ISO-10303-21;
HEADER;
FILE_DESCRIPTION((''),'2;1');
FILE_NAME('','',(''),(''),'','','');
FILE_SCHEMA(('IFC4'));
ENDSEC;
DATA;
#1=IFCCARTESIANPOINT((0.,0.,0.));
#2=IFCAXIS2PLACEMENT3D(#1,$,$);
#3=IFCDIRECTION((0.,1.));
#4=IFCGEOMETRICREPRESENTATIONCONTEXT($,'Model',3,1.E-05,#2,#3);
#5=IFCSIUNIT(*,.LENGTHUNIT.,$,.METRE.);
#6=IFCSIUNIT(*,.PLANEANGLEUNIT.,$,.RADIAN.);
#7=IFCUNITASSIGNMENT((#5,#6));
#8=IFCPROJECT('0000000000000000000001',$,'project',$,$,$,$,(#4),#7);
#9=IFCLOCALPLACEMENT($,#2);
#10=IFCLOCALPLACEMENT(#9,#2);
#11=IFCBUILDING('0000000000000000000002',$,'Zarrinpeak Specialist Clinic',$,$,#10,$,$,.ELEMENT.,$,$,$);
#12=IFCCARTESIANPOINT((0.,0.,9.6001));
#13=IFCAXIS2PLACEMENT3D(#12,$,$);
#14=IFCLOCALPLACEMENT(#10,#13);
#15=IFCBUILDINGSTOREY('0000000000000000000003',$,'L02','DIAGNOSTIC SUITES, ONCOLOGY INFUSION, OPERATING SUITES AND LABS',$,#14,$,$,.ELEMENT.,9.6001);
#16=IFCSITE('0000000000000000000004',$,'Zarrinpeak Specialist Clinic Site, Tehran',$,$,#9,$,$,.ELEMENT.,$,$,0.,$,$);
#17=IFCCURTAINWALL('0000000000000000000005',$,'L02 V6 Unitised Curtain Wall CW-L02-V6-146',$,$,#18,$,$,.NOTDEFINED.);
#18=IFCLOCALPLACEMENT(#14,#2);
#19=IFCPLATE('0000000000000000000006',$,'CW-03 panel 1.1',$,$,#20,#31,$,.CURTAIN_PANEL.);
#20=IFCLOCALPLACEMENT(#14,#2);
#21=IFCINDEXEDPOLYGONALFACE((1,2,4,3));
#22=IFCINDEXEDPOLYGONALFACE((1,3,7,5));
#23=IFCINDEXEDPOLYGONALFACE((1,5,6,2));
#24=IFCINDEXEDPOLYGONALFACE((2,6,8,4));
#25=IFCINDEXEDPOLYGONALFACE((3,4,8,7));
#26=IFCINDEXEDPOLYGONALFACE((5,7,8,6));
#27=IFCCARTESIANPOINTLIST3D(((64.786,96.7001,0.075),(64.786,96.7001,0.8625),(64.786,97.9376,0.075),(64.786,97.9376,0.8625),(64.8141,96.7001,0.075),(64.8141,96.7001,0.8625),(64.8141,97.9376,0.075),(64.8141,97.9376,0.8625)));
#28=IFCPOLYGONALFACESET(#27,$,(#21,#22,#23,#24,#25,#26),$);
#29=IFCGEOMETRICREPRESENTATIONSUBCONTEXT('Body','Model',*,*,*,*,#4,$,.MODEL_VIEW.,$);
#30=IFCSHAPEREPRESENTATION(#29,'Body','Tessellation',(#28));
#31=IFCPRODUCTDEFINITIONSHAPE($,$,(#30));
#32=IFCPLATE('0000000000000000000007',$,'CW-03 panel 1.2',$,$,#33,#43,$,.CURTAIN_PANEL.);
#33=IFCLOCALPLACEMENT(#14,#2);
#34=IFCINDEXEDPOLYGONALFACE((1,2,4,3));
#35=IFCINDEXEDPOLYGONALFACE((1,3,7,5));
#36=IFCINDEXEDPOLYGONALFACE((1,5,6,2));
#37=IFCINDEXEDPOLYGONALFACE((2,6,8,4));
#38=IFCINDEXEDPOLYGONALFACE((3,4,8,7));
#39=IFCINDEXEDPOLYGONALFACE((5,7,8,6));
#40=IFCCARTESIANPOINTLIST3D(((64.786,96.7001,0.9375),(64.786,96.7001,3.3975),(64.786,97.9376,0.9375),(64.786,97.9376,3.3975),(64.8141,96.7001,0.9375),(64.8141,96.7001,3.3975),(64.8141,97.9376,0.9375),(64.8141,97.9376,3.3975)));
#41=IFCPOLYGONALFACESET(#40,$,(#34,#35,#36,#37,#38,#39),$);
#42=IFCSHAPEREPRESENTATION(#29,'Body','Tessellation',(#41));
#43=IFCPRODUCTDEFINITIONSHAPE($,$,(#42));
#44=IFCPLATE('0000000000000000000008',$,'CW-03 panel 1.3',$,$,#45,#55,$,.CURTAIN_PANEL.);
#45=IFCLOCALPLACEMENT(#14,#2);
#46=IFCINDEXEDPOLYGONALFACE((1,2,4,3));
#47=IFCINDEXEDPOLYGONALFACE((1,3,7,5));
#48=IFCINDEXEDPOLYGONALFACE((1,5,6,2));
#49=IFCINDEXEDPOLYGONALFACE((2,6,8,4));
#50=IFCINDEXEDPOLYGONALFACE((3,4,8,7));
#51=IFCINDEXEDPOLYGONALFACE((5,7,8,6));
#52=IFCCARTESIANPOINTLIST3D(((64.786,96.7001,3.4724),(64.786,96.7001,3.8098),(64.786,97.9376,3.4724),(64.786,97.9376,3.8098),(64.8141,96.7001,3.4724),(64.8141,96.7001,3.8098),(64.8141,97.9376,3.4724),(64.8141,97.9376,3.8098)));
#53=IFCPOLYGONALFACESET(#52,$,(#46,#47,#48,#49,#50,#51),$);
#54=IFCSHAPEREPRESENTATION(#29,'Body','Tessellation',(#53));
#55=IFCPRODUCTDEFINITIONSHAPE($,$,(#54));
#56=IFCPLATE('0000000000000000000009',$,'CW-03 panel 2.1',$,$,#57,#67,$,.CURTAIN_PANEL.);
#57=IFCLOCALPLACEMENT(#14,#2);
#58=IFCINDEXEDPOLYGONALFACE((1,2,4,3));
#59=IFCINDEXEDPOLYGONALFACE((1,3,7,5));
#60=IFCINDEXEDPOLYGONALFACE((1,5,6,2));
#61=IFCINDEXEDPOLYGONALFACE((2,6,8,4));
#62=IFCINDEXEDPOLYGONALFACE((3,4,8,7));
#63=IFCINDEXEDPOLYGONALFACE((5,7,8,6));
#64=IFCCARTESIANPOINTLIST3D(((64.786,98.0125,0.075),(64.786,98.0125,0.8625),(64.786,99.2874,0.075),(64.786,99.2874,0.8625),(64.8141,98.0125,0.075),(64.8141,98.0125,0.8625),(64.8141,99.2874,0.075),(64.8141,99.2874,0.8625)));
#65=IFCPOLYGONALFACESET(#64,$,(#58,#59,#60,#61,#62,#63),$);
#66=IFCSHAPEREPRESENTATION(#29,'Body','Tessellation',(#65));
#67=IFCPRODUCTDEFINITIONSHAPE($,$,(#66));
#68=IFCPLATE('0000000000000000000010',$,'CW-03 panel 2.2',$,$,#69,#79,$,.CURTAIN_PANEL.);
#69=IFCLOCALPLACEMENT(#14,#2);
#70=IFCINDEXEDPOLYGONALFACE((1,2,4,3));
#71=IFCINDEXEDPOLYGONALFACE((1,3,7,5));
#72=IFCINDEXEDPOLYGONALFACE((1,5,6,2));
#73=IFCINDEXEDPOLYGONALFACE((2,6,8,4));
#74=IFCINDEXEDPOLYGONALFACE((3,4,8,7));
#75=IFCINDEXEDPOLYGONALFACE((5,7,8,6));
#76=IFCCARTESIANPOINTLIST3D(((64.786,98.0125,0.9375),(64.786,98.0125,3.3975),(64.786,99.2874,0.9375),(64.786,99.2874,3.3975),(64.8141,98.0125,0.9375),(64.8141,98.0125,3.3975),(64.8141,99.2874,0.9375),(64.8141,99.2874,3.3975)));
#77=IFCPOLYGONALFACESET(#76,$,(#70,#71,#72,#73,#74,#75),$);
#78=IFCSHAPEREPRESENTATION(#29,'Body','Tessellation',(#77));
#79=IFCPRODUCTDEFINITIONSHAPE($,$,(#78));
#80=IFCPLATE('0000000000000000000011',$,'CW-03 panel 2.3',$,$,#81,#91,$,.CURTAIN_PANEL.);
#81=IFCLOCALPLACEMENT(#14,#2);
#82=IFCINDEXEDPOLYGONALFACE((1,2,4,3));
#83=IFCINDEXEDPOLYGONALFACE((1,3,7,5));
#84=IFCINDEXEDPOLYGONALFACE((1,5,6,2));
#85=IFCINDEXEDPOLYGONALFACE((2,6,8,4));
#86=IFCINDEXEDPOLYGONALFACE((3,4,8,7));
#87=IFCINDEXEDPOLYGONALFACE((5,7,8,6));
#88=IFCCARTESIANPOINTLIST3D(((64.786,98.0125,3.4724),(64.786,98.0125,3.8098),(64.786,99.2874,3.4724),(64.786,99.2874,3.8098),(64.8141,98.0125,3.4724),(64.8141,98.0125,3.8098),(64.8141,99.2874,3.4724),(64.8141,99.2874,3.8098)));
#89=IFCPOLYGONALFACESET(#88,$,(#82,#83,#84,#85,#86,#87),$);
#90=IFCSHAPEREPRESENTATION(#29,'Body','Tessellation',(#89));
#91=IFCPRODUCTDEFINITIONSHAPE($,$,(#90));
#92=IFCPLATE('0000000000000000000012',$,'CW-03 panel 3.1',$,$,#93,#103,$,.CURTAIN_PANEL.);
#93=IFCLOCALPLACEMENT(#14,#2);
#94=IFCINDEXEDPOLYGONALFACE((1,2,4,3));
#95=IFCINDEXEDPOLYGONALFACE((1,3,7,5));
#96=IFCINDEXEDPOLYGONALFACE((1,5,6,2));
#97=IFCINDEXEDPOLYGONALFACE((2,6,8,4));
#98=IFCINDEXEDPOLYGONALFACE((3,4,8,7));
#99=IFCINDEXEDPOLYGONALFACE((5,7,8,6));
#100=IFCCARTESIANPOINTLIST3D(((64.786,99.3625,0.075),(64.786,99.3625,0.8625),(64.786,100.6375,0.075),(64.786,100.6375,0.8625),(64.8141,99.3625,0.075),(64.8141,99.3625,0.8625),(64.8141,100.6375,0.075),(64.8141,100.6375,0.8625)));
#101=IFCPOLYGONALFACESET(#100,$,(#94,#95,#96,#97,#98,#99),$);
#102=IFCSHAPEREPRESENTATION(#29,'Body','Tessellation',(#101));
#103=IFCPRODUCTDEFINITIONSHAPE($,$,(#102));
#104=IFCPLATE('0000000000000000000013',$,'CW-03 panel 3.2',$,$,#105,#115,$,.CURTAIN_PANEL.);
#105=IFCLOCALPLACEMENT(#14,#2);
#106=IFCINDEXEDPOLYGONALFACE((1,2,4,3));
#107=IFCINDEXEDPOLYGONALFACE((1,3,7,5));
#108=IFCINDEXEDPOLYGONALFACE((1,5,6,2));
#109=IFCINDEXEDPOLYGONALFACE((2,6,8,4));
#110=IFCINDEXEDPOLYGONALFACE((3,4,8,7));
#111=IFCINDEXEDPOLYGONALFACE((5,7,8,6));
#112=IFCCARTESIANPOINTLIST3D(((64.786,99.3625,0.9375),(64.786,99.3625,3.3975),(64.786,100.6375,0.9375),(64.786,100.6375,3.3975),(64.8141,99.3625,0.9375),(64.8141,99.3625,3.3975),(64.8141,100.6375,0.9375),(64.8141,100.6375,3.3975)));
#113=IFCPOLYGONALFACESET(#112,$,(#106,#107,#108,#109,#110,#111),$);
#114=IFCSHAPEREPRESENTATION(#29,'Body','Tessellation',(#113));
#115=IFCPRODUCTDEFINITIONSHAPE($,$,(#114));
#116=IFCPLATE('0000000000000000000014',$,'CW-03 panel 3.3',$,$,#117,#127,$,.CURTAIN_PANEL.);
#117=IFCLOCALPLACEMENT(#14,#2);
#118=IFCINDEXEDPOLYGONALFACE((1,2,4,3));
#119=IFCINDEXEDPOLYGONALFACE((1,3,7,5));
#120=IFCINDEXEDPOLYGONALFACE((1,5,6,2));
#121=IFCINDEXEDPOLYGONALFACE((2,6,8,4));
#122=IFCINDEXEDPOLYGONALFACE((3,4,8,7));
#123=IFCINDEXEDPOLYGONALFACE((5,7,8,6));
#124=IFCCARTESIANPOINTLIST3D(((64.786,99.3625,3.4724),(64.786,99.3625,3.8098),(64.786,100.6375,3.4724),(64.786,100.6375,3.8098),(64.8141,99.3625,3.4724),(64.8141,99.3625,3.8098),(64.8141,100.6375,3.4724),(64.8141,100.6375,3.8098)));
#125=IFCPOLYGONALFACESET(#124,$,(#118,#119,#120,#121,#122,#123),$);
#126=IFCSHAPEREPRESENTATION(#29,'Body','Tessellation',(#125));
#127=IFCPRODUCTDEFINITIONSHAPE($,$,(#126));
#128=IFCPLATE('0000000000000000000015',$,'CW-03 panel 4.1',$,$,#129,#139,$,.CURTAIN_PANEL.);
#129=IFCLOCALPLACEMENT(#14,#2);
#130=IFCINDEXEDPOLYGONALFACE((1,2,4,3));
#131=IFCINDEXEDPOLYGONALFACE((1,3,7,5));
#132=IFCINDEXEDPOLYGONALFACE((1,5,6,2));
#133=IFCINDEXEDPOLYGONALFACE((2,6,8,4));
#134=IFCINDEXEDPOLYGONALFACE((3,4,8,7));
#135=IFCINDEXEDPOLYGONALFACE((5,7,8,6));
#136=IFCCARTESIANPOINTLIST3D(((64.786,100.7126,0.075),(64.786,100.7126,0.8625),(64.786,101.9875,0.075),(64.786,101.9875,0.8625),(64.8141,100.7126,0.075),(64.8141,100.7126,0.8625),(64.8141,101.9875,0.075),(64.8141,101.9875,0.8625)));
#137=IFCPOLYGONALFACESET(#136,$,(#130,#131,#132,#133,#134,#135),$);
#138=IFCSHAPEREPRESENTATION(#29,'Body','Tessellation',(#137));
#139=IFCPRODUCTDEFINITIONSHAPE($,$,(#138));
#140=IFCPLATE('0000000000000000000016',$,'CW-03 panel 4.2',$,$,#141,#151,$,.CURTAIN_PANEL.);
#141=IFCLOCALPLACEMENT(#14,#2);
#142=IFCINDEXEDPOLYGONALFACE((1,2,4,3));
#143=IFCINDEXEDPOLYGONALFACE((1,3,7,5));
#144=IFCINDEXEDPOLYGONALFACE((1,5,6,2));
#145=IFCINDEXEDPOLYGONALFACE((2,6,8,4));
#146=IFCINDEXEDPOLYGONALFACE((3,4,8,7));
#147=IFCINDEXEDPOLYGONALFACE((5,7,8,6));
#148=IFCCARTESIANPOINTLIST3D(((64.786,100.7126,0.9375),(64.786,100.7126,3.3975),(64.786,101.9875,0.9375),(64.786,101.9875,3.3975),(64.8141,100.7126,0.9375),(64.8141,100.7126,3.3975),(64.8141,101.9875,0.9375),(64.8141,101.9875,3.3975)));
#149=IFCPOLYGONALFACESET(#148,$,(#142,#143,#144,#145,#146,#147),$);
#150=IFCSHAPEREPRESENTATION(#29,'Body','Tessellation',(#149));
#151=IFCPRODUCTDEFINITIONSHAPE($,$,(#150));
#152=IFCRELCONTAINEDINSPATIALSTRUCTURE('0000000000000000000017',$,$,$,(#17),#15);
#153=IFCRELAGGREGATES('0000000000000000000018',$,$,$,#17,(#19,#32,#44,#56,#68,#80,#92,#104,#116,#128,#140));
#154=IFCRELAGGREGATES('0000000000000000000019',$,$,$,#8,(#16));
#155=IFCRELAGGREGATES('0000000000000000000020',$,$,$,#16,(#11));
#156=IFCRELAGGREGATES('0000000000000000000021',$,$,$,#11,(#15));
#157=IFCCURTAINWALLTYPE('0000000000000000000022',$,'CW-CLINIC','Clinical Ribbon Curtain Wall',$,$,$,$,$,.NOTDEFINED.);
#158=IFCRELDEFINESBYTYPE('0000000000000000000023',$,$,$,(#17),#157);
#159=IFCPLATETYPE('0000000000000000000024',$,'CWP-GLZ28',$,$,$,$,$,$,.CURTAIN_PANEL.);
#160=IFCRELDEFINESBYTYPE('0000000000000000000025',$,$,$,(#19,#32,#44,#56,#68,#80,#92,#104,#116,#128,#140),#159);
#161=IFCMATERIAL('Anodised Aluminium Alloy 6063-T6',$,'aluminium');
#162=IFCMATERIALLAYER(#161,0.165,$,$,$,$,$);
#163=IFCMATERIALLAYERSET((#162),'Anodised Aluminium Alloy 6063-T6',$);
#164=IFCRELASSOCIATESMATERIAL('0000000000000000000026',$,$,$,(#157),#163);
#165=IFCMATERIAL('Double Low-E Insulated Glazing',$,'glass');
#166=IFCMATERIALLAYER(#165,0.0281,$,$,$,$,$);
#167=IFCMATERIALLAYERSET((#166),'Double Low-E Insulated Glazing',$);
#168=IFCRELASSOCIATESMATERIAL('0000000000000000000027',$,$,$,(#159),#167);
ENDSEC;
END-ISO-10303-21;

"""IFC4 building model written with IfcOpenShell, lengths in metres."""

from ifc_helpers import new_model, si_unit, direction, frame, origin, origin_2d, place, context, subcontext, project, spatial, rectangle, extrude, material, layer, layer_set, type_object, element, aggregate, save


model = new_model("IFC4")

# Units and contexts
model_context = context("Model", 3, precision=1e-05, world=origin(), true_north=direction((0.0, 1.0)))
body_context = subcontext(model_context, "Body", "Model", "MODEL_VIEW")
ifc_project = project(units=[si_unit("LENGTHUNIT", "METRE"), si_unit("PLANEANGLEUNIT", "RADIAN")], contexts=[model_context])

# Site, building, storey
site_placement = place(None, origin())
site = spatial("IfcSite", under=ifc_project, at=site_placement, Name="Zarrinpeak Specialist Clinic Site, Tehran", CompositionType="ELEMENT", RefElevation=0.0)
building_placement = place(site_placement, origin())
building = spatial("IfcBuilding", under=site, at=building_placement, Name="Zarrinpeak Specialist Clinic", CompositionType="ELEMENT")
storey_placement = place(building_placement, frame((0.0, 0.0, 9.6001)))
storey = spatial("IfcBuildingStorey", under=building, at=storey_placement, Name="L02", Description="DIAGNOSTIC SUITES, ONCOLOGY INFUSION, OPERATING SUITES AND LABS", CompositionType="ELEMENT", Elevation=9.6001)

# Shared definitions
ifc_material_1 = material(Name="Anodised Aluminium Alloy 6063-T6", Category="aluminium")
ifc_layer_1 = layer(ifc_material_1, 0.165)
ifc_layer_set_1 = layer_set([ifc_layer_1], Name="Anodised Aluminium Alloy 6063-T6")
curtain_wall_type = type_object("IfcCurtainWallType", Name="CW-CLINIC", Description="Clinical Ribbon Curtain Wall", PredefinedType="NOTDEFINED", material=ifc_layer_set_1)

# Curtain wall
curtain_wall_1_placement = place(storey_placement, origin())
curtain_wall_1 = element("IfcCurtainWall", 1, at=curtain_wall_1_placement, inside=storey, type_object=curtain_wall_type, Name="L02 V6 Unitised Curtain Wall CW-L02-V6-146", PredefinedType="NOTDEFINED")

# Plates
ifc_material_2 = material(Name="Double Low-E Insulated Glazing", Category="glass")
ifc_layer_2 = layer(ifc_material_2, 0.0281)
ifc_layer_set_2 = layer_set([ifc_layer_2], Name="Double Low-E Insulated Glazing")
plate_type = type_object("IfcPlateType", Name="CWP-GLZ28", PredefinedType="CURTAIN_PANEL", material=ifc_layer_set_2)
plate_1_placement = place(storey_placement, frame((64.8, 97.3188, 0.075), z_axis=(0.0, 0.0, 1.0), x_axis=(0.0, 1.0, 0.0)))
plate_1 = element("IfcPlate", 2, at=plate_1_placement, type_object=plate_type, Name="CW-03 panel 1.1", PredefinedType="CURTAIN_PANEL", context=body_context, shape_type="SweptSolid", body=[
    extrude(rectangle(XDim=1.2375, YDim=0.0281, at=origin_2d()), origin(), (0.0, 0.0, 1.0), 0.7876),
])
plate_2_placement = place(storey_placement, frame((64.8, 97.3188, 0.9375), z_axis=(0.0, 0.0, 1.0), x_axis=(0.0, 1.0, 0.0)))
plate_2 = element("IfcPlate", 3, at=plate_2_placement, type_object=plate_type, Name="CW-03 panel 1.2", PredefinedType="CURTAIN_PANEL", context=body_context, shape_type="SweptSolid", body=[
    extrude(rectangle(XDim=1.2375, YDim=0.0281, at=origin_2d()), origin(), (0.0, 0.0, 1.0), 2.46),
])
plate_3_placement = place(storey_placement, frame((64.8, 97.3188, 3.4724), z_axis=(0.0, 0.0, 1.0), x_axis=(0.0, 1.0, 0.0)))
plate_3 = element("IfcPlate", 4, at=plate_3_placement, type_object=plate_type, Name="CW-03 panel 1.3", PredefinedType="CURTAIN_PANEL", context=body_context, shape_type="SweptSolid", body=[
    extrude(rectangle(XDim=1.2375, YDim=0.0281, at=origin_2d()), origin(), (0.0, 0.0, 1.0), 0.3374),
])
plate_4_placement = place(storey_placement, frame((64.8, 98.6499, 0.075), z_axis=(0.0, 0.0, 1.0), x_axis=(0.0, 1.0, 0.0)))
plate_4 = element("IfcPlate", 5, at=plate_4_placement, type_object=plate_type, Name="CW-03 panel 2.1", PredefinedType="CURTAIN_PANEL", context=body_context, shape_type="SweptSolid", body=[
    extrude(rectangle(XDim=1.2749, YDim=0.0281, at=origin_2d()), origin(), (0.0, 0.0, 1.0), 0.7876),
])
plate_5_placement = place(storey_placement, frame((64.8, 98.6499, 0.9375), z_axis=(0.0, 0.0, 1.0), x_axis=(0.0, 1.0, 0.0)))
plate_5 = element("IfcPlate", 6, at=plate_5_placement, type_object=plate_type, Name="CW-03 panel 2.2", PredefinedType="CURTAIN_PANEL", context=body_context, shape_type="SweptSolid", body=[
    extrude(rectangle(XDim=1.2749, YDim=0.0281, at=origin_2d()), origin(), (0.0, 0.0, 1.0), 2.46),
])
plate_6_placement = place(storey_placement, frame((64.8, 98.6499, 3.4724), z_axis=(0.0, 0.0, 1.0), x_axis=(0.0, 1.0, 0.0)))
plate_6 = element("IfcPlate", 7, at=plate_6_placement, type_object=plate_type, Name="CW-03 panel 2.3", PredefinedType="CURTAIN_PANEL", context=body_context, shape_type="SweptSolid", body=[
    extrude(rectangle(XDim=1.2749, YDim=0.0281, at=origin_2d()), origin(), (0.0, 0.0, 1.0), 0.3374),
])
plate_7_placement = place(storey_placement, frame((64.8, 100.0, 0.075), z_axis=(0.0, 0.0, 1.0), x_axis=(0.0, 1.0, 0.0)))
plate_7 = element("IfcPlate", 8, at=plate_7_placement, type_object=plate_type, Name="CW-03 panel 3.1", PredefinedType="CURTAIN_PANEL", context=body_context, shape_type="SweptSolid", body=[
    extrude(rectangle(XDim=1.2749, YDim=0.0281, at=origin_2d()), origin(), (0.0, 0.0, 1.0), 0.7876),
])
plate_8_placement = place(storey_placement, frame((64.8, 100.0, 0.9375), z_axis=(0.0, 0.0, 1.0), x_axis=(0.0, 1.0, 0.0)))
plate_8 = element("IfcPlate", 9, at=plate_8_placement, type_object=plate_type, Name="CW-03 panel 3.2", PredefinedType="CURTAIN_PANEL", context=body_context, shape_type="SweptSolid", body=[
    extrude(rectangle(XDim=1.2749, YDim=0.0281, at=origin_2d()), origin(), (0.0, 0.0, 1.0), 2.46),
])
plate_9_placement = place(storey_placement, frame((64.8, 100.0, 3.4724), z_axis=(0.0, 0.0, 1.0), x_axis=(0.0, 1.0, 0.0)))
plate_9 = element("IfcPlate", 10, at=plate_9_placement, type_object=plate_type, Name="CW-03 panel 3.3", PredefinedType="CURTAIN_PANEL", context=body_context, shape_type="SweptSolid", body=[
    extrude(rectangle(XDim=1.2749, YDim=0.0281, at=origin_2d()), origin(), (0.0, 0.0, 1.0), 0.3374),
])
plate_10_placement = place(storey_placement, frame((64.8, 101.3501, 0.075), z_axis=(0.0, 0.0, 1.0), x_axis=(0.0, 1.0, 0.0)))
plate_10 = element("IfcPlate", 11, at=plate_10_placement, type_object=plate_type, Name="CW-03 panel 4.1", PredefinedType="CURTAIN_PANEL", context=body_context, shape_type="SweptSolid", body=[
    extrude(rectangle(XDim=1.2749, YDim=0.0281, at=origin_2d()), origin(), (0.0, 0.0, 1.0), 0.7876),
])
plate_11_placement = place(storey_placement, frame((64.8, 101.3501, 0.9375), z_axis=(0.0, 0.0, 1.0), x_axis=(0.0, 1.0, 0.0)))
plate_11 = element("IfcPlate", 12, at=plate_11_placement, type_object=plate_type, Name="CW-03 panel 4.2", PredefinedType="CURTAIN_PANEL", context=body_context, shape_type="SweptSolid", body=[
    extrude(rectangle(XDim=1.2749, YDim=0.0281, at=origin_2d()), origin(), (0.0, 0.0, 1.0), 2.46),
])
aggregate(curtain_wall_1, [plate_1, plate_2, plate_3, plate_4, plate_5, plate_6, plate_7, plate_8, plate_9, plate_10, plate_11])

save(model, "model.ifc")
